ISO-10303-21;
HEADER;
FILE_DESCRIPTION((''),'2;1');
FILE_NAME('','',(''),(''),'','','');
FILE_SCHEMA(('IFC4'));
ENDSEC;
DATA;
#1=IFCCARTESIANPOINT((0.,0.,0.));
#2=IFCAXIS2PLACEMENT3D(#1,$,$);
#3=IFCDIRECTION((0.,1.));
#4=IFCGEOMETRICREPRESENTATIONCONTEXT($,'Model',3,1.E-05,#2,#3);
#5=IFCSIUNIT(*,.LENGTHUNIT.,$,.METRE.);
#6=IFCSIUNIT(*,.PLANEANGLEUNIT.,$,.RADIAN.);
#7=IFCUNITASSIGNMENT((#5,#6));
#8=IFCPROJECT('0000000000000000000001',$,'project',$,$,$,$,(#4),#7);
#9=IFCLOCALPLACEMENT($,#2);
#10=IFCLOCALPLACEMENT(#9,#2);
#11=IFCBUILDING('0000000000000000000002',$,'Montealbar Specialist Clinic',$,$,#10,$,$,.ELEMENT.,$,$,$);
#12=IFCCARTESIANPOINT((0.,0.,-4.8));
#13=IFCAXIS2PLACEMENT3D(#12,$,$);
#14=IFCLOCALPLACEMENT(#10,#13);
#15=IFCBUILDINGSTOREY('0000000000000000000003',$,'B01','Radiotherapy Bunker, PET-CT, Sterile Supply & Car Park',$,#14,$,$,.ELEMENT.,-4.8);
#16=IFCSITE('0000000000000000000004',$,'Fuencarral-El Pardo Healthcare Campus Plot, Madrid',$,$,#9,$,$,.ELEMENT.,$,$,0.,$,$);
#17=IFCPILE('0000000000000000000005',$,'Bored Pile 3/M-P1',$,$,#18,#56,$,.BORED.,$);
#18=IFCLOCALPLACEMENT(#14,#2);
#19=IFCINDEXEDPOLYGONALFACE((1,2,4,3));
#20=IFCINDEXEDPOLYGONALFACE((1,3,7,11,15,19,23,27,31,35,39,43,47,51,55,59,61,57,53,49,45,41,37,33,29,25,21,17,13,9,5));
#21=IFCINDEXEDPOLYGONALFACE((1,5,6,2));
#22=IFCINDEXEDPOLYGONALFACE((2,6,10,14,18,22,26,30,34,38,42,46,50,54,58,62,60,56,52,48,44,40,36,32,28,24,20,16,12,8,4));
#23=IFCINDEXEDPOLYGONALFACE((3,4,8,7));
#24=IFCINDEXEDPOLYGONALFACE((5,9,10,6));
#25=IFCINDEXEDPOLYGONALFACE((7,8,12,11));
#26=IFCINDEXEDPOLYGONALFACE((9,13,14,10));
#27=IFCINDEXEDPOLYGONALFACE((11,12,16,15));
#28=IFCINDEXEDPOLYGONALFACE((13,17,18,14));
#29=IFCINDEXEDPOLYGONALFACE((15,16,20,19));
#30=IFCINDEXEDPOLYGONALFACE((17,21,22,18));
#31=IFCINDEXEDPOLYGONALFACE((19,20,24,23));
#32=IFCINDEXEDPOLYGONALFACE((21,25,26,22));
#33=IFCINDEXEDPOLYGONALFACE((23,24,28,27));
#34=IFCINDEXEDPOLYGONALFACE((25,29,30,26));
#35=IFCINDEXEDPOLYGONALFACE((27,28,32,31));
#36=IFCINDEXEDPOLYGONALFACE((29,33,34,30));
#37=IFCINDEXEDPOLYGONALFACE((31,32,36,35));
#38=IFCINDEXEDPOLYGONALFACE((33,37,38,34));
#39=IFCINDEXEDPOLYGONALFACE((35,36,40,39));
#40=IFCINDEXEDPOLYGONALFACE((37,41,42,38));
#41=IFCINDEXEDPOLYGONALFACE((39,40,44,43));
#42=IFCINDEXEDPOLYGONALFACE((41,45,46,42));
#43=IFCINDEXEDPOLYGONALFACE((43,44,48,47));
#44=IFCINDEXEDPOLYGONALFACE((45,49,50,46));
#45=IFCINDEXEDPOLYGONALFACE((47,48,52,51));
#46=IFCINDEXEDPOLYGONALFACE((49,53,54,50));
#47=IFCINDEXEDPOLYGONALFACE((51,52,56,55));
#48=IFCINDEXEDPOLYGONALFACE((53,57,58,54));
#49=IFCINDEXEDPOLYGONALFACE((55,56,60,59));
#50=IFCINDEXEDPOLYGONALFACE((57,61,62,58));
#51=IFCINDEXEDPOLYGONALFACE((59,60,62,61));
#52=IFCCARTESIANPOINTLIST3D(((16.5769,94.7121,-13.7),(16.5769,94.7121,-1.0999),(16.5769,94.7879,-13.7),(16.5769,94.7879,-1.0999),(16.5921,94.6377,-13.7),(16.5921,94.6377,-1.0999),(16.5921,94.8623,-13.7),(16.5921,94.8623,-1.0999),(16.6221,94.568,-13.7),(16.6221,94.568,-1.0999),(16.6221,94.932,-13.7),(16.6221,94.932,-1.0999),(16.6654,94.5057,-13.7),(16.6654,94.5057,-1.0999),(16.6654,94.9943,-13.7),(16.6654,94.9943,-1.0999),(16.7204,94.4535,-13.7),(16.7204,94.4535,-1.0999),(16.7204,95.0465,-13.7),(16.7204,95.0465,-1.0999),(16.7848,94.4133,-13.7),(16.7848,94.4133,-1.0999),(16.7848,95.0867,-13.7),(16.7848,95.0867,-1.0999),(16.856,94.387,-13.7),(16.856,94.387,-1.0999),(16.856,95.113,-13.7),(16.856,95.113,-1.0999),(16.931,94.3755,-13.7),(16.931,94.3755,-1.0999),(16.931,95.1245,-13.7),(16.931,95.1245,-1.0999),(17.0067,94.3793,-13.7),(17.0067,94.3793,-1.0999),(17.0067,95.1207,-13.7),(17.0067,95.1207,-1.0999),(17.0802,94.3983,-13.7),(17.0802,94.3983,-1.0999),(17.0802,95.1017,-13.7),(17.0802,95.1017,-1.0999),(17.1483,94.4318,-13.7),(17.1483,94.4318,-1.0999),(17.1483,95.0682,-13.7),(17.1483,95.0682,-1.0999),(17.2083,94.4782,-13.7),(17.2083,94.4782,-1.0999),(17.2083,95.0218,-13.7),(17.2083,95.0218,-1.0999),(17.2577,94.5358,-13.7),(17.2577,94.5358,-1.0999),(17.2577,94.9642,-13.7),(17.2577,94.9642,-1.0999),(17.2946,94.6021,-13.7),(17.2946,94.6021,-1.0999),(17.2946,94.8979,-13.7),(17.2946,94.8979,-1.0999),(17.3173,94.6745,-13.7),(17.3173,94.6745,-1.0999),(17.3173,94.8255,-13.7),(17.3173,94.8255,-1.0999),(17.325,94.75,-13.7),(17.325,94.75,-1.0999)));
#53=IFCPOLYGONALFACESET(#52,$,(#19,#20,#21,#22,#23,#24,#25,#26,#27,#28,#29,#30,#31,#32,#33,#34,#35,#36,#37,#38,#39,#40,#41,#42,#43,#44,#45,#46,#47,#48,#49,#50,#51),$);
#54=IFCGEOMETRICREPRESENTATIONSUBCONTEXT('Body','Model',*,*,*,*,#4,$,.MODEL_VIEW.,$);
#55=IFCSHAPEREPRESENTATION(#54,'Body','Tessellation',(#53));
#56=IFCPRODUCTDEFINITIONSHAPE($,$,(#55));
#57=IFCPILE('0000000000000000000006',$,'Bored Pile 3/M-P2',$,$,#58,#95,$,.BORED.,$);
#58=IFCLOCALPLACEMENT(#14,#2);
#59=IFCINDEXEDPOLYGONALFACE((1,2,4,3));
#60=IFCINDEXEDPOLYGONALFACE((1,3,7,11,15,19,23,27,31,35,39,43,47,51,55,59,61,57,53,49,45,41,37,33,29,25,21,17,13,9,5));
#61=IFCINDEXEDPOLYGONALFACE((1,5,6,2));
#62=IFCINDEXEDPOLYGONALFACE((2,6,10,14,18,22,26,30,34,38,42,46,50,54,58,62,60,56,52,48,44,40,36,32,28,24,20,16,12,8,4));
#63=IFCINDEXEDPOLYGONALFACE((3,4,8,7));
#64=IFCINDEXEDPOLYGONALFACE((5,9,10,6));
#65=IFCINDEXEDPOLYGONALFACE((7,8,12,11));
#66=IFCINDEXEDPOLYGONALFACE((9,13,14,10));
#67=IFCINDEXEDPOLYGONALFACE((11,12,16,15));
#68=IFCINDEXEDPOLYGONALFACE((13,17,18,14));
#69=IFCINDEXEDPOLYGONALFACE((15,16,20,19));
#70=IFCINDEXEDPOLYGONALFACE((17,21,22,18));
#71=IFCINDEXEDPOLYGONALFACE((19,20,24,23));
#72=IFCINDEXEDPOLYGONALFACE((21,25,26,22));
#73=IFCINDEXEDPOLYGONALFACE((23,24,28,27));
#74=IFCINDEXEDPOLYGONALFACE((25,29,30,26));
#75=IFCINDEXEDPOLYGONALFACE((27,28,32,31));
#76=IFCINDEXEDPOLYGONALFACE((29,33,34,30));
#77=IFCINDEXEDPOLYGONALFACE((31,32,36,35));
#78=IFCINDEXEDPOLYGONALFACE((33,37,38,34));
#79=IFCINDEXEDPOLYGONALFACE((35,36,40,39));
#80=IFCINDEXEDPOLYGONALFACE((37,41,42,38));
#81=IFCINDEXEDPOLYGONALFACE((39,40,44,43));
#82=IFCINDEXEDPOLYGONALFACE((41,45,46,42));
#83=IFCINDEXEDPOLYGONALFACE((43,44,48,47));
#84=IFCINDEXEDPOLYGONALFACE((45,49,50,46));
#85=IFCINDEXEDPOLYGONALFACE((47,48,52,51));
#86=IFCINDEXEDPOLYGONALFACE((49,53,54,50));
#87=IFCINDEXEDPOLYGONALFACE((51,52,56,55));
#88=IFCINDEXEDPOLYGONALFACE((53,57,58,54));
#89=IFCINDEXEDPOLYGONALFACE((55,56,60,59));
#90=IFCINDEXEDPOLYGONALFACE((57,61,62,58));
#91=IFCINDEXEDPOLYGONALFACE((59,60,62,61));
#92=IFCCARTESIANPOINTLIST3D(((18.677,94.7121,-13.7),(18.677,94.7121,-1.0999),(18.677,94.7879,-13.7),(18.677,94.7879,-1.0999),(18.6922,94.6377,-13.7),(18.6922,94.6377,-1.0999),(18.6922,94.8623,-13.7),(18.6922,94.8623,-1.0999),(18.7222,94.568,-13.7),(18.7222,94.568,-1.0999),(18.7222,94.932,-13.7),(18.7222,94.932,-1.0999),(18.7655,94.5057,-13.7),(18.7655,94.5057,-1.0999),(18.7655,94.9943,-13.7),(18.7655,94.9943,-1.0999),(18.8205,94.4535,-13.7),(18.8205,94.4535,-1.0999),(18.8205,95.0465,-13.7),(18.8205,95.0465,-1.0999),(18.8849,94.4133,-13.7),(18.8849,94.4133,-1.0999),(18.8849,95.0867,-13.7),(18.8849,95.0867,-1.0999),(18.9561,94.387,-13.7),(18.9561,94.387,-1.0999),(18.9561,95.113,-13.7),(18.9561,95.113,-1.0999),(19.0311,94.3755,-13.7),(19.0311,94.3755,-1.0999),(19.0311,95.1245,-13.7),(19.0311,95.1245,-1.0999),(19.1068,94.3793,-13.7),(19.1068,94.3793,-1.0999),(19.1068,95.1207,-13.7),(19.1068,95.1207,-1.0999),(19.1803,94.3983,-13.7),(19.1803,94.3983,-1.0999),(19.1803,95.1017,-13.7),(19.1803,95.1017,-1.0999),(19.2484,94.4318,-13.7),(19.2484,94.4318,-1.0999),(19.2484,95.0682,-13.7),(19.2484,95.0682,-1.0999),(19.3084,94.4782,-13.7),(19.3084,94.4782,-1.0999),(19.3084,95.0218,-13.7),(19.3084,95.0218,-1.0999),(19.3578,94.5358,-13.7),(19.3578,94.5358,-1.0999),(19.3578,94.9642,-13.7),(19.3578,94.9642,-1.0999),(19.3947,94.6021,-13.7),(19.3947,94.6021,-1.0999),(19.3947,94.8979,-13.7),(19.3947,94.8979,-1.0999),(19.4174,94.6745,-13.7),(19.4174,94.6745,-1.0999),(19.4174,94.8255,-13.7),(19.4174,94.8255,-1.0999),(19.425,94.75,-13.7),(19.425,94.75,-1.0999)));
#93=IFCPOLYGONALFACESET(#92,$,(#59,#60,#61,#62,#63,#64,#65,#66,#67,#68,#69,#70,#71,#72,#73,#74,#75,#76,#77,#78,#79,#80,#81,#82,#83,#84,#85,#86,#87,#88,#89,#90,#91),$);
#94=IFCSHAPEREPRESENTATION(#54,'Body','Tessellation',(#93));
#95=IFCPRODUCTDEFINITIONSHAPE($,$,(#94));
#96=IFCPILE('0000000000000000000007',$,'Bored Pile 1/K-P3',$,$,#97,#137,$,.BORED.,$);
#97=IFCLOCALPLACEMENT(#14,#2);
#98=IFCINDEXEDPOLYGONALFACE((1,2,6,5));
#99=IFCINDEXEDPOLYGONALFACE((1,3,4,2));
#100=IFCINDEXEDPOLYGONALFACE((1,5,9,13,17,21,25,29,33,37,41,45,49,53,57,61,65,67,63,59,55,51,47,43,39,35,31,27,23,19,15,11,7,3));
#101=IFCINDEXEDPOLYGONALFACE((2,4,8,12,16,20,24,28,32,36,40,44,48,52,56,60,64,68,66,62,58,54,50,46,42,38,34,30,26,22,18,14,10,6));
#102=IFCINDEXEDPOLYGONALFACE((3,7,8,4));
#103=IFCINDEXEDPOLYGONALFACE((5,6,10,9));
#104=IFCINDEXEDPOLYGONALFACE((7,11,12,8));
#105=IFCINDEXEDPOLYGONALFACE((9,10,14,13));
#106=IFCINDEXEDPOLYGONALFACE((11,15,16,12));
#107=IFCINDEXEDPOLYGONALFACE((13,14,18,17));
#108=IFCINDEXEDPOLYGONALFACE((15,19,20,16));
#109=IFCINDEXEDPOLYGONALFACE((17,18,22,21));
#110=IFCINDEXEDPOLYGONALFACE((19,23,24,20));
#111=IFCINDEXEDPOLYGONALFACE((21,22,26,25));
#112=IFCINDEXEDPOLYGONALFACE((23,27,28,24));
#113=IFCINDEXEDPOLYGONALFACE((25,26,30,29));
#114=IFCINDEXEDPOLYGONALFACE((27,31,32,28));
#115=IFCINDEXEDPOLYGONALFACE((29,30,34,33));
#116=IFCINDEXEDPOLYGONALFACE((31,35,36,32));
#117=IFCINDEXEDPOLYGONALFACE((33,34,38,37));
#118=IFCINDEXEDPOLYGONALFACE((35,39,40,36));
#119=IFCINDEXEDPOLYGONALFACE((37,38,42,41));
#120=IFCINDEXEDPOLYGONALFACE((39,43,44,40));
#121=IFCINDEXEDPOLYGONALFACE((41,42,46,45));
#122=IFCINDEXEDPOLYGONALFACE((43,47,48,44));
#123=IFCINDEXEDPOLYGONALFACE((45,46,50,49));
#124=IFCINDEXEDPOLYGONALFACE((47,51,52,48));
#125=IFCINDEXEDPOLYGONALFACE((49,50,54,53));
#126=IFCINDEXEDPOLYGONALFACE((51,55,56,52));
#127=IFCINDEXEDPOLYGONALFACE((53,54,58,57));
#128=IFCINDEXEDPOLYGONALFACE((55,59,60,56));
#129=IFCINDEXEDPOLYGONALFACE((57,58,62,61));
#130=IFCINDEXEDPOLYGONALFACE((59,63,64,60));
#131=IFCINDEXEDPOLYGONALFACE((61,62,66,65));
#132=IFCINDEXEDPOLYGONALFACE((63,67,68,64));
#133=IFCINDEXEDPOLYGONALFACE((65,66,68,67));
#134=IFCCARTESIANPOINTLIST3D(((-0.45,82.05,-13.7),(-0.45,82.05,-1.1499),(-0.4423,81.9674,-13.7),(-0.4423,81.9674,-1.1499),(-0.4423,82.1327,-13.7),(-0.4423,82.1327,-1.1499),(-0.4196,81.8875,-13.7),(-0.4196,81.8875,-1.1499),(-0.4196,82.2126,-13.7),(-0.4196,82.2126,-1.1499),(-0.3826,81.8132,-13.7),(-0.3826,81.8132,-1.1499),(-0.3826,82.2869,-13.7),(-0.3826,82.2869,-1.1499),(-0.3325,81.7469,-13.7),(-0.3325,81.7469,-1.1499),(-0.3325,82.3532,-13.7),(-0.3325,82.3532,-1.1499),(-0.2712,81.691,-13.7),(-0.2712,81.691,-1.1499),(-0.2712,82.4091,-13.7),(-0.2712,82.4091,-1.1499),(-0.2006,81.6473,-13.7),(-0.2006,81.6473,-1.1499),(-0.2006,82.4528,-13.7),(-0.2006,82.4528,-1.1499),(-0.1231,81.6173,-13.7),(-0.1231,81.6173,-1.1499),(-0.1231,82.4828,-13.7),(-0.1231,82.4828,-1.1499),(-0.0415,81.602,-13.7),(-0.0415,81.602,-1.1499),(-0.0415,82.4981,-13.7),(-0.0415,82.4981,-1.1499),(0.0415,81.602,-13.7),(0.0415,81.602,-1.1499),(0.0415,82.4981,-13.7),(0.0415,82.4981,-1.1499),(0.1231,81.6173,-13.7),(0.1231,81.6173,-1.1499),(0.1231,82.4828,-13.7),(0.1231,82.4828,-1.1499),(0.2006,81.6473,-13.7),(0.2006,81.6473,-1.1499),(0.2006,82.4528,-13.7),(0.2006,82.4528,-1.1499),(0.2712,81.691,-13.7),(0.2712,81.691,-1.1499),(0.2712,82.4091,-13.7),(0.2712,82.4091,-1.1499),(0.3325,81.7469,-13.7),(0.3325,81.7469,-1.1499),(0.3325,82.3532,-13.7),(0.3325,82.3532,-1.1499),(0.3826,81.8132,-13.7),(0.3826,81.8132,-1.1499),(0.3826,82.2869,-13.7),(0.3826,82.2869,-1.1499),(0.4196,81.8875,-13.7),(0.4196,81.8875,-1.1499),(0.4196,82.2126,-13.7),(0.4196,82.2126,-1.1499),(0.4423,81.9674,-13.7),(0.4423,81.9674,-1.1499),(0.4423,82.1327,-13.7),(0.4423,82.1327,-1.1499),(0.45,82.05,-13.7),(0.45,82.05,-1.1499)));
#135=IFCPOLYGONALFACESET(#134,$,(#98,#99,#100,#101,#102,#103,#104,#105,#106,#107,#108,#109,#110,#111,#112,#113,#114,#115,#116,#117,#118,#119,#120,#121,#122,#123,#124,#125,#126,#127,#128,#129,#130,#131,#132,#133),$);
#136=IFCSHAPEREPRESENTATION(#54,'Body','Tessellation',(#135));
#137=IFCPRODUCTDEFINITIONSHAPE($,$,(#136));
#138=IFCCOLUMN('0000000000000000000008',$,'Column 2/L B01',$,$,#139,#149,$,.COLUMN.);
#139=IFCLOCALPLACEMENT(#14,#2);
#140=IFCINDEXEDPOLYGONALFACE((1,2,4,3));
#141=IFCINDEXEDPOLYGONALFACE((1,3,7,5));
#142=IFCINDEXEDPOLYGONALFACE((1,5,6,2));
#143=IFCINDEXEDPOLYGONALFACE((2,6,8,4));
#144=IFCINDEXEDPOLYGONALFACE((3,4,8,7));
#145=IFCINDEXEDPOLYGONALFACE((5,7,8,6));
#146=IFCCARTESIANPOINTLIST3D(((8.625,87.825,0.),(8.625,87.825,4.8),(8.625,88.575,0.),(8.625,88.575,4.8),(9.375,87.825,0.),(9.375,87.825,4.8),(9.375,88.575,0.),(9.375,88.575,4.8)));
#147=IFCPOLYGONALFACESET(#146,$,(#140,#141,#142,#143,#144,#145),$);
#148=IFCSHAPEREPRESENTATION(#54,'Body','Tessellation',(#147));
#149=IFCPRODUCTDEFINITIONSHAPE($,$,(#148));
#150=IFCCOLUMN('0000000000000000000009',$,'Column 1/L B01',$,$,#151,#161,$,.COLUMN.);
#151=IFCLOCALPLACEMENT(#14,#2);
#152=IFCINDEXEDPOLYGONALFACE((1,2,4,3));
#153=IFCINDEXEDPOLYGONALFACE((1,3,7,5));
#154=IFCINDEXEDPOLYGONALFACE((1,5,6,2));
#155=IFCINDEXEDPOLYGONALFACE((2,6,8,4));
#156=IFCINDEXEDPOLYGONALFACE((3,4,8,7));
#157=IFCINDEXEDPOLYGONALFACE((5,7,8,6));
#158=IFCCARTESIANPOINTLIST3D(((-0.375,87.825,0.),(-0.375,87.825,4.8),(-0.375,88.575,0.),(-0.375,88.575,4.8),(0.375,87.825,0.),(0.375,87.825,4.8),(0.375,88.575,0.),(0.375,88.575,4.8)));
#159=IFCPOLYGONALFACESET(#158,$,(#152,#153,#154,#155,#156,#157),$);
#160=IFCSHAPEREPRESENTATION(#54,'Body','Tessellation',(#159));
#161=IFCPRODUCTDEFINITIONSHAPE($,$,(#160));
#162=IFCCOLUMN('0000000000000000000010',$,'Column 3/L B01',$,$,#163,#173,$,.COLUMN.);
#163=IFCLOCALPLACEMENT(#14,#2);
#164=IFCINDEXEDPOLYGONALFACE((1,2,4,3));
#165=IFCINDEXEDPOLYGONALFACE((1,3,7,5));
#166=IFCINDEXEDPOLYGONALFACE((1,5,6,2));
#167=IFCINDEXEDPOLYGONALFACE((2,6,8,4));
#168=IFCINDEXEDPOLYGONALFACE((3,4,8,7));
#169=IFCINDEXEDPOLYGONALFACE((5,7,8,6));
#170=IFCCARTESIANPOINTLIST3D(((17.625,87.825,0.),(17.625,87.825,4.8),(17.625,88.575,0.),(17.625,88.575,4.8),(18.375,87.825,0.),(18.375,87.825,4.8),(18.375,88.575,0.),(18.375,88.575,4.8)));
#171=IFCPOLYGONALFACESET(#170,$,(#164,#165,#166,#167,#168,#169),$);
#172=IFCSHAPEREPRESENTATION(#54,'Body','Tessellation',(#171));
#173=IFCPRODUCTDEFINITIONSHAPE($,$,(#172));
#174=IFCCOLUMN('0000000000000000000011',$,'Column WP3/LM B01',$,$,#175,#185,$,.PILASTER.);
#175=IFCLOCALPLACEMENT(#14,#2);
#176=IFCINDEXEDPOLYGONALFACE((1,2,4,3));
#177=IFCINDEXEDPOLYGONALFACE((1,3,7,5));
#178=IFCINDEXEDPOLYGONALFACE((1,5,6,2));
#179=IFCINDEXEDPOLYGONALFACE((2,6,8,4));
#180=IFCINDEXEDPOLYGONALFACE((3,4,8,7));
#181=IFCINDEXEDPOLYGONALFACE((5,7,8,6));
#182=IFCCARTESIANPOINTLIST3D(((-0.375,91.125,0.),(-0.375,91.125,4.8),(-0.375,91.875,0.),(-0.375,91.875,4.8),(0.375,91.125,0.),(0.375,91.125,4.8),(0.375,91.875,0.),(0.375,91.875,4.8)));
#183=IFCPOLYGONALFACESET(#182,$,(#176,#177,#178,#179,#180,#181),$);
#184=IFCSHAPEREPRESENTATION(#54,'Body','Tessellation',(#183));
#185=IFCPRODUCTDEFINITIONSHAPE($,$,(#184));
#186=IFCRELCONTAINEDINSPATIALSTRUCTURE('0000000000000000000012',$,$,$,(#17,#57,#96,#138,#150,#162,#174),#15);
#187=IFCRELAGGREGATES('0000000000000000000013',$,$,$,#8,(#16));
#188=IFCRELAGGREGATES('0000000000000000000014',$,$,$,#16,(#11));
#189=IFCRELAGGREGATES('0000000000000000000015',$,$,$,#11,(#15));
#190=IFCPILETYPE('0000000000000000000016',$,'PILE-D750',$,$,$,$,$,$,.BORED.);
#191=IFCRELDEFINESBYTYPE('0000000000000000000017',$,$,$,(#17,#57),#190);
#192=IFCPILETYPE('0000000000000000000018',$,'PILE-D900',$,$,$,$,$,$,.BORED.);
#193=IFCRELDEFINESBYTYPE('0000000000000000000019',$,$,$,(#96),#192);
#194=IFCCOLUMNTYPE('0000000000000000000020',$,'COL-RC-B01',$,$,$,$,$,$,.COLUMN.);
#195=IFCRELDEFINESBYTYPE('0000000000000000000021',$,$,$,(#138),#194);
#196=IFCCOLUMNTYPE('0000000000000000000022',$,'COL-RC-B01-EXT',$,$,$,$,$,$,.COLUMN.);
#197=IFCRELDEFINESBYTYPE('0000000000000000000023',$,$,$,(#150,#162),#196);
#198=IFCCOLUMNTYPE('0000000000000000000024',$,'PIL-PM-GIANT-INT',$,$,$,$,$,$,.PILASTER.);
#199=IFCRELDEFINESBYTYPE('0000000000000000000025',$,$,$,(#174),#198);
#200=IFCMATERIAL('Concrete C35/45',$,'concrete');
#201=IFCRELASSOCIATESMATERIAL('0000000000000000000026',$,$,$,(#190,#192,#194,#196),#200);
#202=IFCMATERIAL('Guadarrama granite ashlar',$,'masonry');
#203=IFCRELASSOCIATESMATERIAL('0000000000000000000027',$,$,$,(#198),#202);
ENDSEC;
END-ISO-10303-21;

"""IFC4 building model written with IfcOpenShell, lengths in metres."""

from ifc_helpers import new_model, si_unit, direction, frame, origin, origin_2d, place, context, subcontext, project, spatial, rectangle, circle, extrude, material, material_profile, profile_set, type_object, element, save


model = new_model("IFC4")

# Units and contexts
model_context = context("Model", 3, precision=1e-05, world=origin(), true_north=direction((0.0, 1.0)))
body_context = subcontext(model_context, "Body", "Model", "MODEL_VIEW")
ifc_project = project(units=[si_unit("LENGTHUNIT", "METRE"), si_unit("PLANEANGLEUNIT", "RADIAN")], contexts=[model_context])

# Site, building, storey
site_placement = place(None, origin())
site = spatial("IfcSite", under=ifc_project, at=site_placement, Name="Fuencarral-El Pardo Healthcare Campus Plot, Madrid", CompositionType="ELEMENT", RefElevation=0.0)
building_placement = place(site_placement, origin())
building = spatial("IfcBuilding", under=site, at=building_placement, Name="Montealbar Specialist Clinic", CompositionType="ELEMENT")
storey_placement = place(building_placement, frame((0.0, 0.0, -4.8)))
storey = spatial("IfcBuildingStorey", under=building, at=storey_placement, Name="B01", Description="Radiotherapy Bunker, PET-CT, Sterile Supply & Car Park", CompositionType="ELEMENT", Elevation=-4.8)

# Shared definitions
ifc_material_1 = material(Name="Concrete C35/45", Category="concrete")

# Piles
ifc_material_profile_1 = material_profile(ifc_material_1, circle(Radius=0.375, at=origin_2d()), Name="PILE D750", Category="concrete")
ifc_profile_set_1 = profile_set([ifc_material_profile_1], Name="Concrete C35/45")
pile_type_1 = type_object("IfcPileType", Name="PILE-D750", PredefinedType="BORED", material=ifc_profile_set_1)
for number, where, z_axis, x_axis, name in (
    (1, (16.95, 94.75, -1.0999), (0.0, 0.0, -1.0), (1.0, 0.0, 0.0), "Bored Pile 3/M-P1"),
    (2, (19.05, 94.75, -1.0999), (0.0, 0.0, -1.0), (1.0, 0.0, 0.0), "Bored Pile 3/M-P2"),
):
    element("IfcPile", number, at=place(storey_placement, frame(where, z_axis=z_axis, x_axis=x_axis)), inside=storey, type_object=pile_type_1, Name=name, PredefinedType="BORED", context=body_context, shape_type="SweptSolid", body=[
        extrude(circle(Radius=0.375, at=origin_2d()), origin(), (0.0, 0.0, 1.0), 12.6001),
    ])
ifc_material_profile_2 = material_profile(ifc_material_1, circle(Radius=0.45, at=origin_2d()), Name="PILE D900", Category="concrete")
ifc_profile_set_2 = profile_set([ifc_material_profile_2], Name="Concrete C35/45")
pile_type_2 = type_object("IfcPileType", Name="PILE-D900", PredefinedType="BORED", material=ifc_profile_set_2)
pile_1_placement = place(storey_placement, frame((0.0, 82.05, -1.1499), z_axis=(0.0, 0.0, -1.0), x_axis=(1.0, 0.0, 0.0)))
element("IfcPile", 3, at=pile_1_placement, inside=storey, type_object=pile_type_2, Name="Bored Pile 1/K-P3", PredefinedType="BORED", context=body_context, shape_type="SweptSolid", body=[
    extrude(circle(Radius=0.45, at=origin_2d()), origin(), (0.0, 0.0, 1.0), 12.55),
])

# Columns
ifc_material_profile_3 = material_profile(ifc_material_1, rectangle(XDim=0.75, YDim=0.75, at=origin_2d()), Name="RC 750x750", Category="concrete")
ifc_profile_set_3 = profile_set([ifc_material_profile_3], Name="Concrete C35/45")
column_type_1 = type_object("IfcColumnType", Name="COL-RC-B01", PredefinedType="COLUMN", material=ifc_profile_set_3)
column_1_placement = place(storey_placement, frame((9.0, 88.2, 0.0), z_axis=(0.0, 0.0, 1.0), x_axis=(1.0, 0.0, 0.0)))
element("IfcColumn", 4, at=column_1_placement, inside=storey, type_object=column_type_1, Name="Column 2/L B01", PredefinedType="COLUMN", context=body_context, shape_type="SweptSolid", body=[
    extrude(rectangle(XDim=0.75, YDim=0.75, at=origin_2d()), origin(), (0.0, 0.0, 1.0), 4.8),
])
ifc_material_profile_4 = material_profile(ifc_material_1, rectangle(XDim=0.75, YDim=0.75, at=origin_2d()), Name="RC 750x750", Category="concrete")
ifc_profile_set_4 = profile_set([ifc_material_profile_4], Name="Concrete C35/45")
column_type_2 = type_object("IfcColumnType", Name="COL-RC-B01-EXT", PredefinedType="COLUMN", material=ifc_profile_set_4)
for number, where, z_axis, x_axis, name in (
    (5, (0.0, 88.2, 0.0), (0.0, 0.0, 1.0), (1.0, 0.0, 0.0), "Column 1/L B01"),
    (6, (18.0, 88.2, 0.0), (0.0, 0.0, 1.0), (1.0, 0.0, 0.0), "Column 3/L B01"),
):
    element("IfcColumn", number, at=place(storey_placement, frame(where, z_axis=z_axis, x_axis=x_axis)), inside=storey, type_object=column_type_2, Name=name, PredefinedType="COLUMN", context=body_context, shape_type="SweptSolid", body=[
        extrude(rectangle(XDim=0.75, YDim=0.75, at=origin_2d()), origin(), (0.0, 0.0, 1.0), 4.8),
    ])
ifc_material_2 = material(Name="Guadarrama granite ashlar", Category="masonry")
ifc_material_profile_5 = material_profile(ifc_material_2, rectangle(XDim=0.75, YDim=0.75, at=origin_2d()), Name="GRANITE PILASTER 750x750", Category="masonry")
ifc_profile_set_5 = profile_set([ifc_material_profile_5], Name="Guadarrama granite ashlar")
column_type_3 = type_object("IfcColumnType", Name="PIL-PM-GIANT-INT", PredefinedType="PILASTER", material=ifc_profile_set_5)
column_2_placement = place(storey_placement, frame((0.0, 91.5, 0.0), z_axis=(0.0, 0.0, 1.0), x_axis=(1.0, 0.0, 0.0)))
element("IfcColumn", 7, at=column_2_placement, inside=storey, type_object=column_type_3, Name="Column WP3/LM B01", PredefinedType="PILASTER", context=body_context, shape_type="SweptSolid", body=[
    extrude(rectangle(XDim=0.75, YDim=0.75, at=origin_2d()), origin(), (0.0, 0.0, 1.0), 4.8),
])

save(model, "model.ifc")
